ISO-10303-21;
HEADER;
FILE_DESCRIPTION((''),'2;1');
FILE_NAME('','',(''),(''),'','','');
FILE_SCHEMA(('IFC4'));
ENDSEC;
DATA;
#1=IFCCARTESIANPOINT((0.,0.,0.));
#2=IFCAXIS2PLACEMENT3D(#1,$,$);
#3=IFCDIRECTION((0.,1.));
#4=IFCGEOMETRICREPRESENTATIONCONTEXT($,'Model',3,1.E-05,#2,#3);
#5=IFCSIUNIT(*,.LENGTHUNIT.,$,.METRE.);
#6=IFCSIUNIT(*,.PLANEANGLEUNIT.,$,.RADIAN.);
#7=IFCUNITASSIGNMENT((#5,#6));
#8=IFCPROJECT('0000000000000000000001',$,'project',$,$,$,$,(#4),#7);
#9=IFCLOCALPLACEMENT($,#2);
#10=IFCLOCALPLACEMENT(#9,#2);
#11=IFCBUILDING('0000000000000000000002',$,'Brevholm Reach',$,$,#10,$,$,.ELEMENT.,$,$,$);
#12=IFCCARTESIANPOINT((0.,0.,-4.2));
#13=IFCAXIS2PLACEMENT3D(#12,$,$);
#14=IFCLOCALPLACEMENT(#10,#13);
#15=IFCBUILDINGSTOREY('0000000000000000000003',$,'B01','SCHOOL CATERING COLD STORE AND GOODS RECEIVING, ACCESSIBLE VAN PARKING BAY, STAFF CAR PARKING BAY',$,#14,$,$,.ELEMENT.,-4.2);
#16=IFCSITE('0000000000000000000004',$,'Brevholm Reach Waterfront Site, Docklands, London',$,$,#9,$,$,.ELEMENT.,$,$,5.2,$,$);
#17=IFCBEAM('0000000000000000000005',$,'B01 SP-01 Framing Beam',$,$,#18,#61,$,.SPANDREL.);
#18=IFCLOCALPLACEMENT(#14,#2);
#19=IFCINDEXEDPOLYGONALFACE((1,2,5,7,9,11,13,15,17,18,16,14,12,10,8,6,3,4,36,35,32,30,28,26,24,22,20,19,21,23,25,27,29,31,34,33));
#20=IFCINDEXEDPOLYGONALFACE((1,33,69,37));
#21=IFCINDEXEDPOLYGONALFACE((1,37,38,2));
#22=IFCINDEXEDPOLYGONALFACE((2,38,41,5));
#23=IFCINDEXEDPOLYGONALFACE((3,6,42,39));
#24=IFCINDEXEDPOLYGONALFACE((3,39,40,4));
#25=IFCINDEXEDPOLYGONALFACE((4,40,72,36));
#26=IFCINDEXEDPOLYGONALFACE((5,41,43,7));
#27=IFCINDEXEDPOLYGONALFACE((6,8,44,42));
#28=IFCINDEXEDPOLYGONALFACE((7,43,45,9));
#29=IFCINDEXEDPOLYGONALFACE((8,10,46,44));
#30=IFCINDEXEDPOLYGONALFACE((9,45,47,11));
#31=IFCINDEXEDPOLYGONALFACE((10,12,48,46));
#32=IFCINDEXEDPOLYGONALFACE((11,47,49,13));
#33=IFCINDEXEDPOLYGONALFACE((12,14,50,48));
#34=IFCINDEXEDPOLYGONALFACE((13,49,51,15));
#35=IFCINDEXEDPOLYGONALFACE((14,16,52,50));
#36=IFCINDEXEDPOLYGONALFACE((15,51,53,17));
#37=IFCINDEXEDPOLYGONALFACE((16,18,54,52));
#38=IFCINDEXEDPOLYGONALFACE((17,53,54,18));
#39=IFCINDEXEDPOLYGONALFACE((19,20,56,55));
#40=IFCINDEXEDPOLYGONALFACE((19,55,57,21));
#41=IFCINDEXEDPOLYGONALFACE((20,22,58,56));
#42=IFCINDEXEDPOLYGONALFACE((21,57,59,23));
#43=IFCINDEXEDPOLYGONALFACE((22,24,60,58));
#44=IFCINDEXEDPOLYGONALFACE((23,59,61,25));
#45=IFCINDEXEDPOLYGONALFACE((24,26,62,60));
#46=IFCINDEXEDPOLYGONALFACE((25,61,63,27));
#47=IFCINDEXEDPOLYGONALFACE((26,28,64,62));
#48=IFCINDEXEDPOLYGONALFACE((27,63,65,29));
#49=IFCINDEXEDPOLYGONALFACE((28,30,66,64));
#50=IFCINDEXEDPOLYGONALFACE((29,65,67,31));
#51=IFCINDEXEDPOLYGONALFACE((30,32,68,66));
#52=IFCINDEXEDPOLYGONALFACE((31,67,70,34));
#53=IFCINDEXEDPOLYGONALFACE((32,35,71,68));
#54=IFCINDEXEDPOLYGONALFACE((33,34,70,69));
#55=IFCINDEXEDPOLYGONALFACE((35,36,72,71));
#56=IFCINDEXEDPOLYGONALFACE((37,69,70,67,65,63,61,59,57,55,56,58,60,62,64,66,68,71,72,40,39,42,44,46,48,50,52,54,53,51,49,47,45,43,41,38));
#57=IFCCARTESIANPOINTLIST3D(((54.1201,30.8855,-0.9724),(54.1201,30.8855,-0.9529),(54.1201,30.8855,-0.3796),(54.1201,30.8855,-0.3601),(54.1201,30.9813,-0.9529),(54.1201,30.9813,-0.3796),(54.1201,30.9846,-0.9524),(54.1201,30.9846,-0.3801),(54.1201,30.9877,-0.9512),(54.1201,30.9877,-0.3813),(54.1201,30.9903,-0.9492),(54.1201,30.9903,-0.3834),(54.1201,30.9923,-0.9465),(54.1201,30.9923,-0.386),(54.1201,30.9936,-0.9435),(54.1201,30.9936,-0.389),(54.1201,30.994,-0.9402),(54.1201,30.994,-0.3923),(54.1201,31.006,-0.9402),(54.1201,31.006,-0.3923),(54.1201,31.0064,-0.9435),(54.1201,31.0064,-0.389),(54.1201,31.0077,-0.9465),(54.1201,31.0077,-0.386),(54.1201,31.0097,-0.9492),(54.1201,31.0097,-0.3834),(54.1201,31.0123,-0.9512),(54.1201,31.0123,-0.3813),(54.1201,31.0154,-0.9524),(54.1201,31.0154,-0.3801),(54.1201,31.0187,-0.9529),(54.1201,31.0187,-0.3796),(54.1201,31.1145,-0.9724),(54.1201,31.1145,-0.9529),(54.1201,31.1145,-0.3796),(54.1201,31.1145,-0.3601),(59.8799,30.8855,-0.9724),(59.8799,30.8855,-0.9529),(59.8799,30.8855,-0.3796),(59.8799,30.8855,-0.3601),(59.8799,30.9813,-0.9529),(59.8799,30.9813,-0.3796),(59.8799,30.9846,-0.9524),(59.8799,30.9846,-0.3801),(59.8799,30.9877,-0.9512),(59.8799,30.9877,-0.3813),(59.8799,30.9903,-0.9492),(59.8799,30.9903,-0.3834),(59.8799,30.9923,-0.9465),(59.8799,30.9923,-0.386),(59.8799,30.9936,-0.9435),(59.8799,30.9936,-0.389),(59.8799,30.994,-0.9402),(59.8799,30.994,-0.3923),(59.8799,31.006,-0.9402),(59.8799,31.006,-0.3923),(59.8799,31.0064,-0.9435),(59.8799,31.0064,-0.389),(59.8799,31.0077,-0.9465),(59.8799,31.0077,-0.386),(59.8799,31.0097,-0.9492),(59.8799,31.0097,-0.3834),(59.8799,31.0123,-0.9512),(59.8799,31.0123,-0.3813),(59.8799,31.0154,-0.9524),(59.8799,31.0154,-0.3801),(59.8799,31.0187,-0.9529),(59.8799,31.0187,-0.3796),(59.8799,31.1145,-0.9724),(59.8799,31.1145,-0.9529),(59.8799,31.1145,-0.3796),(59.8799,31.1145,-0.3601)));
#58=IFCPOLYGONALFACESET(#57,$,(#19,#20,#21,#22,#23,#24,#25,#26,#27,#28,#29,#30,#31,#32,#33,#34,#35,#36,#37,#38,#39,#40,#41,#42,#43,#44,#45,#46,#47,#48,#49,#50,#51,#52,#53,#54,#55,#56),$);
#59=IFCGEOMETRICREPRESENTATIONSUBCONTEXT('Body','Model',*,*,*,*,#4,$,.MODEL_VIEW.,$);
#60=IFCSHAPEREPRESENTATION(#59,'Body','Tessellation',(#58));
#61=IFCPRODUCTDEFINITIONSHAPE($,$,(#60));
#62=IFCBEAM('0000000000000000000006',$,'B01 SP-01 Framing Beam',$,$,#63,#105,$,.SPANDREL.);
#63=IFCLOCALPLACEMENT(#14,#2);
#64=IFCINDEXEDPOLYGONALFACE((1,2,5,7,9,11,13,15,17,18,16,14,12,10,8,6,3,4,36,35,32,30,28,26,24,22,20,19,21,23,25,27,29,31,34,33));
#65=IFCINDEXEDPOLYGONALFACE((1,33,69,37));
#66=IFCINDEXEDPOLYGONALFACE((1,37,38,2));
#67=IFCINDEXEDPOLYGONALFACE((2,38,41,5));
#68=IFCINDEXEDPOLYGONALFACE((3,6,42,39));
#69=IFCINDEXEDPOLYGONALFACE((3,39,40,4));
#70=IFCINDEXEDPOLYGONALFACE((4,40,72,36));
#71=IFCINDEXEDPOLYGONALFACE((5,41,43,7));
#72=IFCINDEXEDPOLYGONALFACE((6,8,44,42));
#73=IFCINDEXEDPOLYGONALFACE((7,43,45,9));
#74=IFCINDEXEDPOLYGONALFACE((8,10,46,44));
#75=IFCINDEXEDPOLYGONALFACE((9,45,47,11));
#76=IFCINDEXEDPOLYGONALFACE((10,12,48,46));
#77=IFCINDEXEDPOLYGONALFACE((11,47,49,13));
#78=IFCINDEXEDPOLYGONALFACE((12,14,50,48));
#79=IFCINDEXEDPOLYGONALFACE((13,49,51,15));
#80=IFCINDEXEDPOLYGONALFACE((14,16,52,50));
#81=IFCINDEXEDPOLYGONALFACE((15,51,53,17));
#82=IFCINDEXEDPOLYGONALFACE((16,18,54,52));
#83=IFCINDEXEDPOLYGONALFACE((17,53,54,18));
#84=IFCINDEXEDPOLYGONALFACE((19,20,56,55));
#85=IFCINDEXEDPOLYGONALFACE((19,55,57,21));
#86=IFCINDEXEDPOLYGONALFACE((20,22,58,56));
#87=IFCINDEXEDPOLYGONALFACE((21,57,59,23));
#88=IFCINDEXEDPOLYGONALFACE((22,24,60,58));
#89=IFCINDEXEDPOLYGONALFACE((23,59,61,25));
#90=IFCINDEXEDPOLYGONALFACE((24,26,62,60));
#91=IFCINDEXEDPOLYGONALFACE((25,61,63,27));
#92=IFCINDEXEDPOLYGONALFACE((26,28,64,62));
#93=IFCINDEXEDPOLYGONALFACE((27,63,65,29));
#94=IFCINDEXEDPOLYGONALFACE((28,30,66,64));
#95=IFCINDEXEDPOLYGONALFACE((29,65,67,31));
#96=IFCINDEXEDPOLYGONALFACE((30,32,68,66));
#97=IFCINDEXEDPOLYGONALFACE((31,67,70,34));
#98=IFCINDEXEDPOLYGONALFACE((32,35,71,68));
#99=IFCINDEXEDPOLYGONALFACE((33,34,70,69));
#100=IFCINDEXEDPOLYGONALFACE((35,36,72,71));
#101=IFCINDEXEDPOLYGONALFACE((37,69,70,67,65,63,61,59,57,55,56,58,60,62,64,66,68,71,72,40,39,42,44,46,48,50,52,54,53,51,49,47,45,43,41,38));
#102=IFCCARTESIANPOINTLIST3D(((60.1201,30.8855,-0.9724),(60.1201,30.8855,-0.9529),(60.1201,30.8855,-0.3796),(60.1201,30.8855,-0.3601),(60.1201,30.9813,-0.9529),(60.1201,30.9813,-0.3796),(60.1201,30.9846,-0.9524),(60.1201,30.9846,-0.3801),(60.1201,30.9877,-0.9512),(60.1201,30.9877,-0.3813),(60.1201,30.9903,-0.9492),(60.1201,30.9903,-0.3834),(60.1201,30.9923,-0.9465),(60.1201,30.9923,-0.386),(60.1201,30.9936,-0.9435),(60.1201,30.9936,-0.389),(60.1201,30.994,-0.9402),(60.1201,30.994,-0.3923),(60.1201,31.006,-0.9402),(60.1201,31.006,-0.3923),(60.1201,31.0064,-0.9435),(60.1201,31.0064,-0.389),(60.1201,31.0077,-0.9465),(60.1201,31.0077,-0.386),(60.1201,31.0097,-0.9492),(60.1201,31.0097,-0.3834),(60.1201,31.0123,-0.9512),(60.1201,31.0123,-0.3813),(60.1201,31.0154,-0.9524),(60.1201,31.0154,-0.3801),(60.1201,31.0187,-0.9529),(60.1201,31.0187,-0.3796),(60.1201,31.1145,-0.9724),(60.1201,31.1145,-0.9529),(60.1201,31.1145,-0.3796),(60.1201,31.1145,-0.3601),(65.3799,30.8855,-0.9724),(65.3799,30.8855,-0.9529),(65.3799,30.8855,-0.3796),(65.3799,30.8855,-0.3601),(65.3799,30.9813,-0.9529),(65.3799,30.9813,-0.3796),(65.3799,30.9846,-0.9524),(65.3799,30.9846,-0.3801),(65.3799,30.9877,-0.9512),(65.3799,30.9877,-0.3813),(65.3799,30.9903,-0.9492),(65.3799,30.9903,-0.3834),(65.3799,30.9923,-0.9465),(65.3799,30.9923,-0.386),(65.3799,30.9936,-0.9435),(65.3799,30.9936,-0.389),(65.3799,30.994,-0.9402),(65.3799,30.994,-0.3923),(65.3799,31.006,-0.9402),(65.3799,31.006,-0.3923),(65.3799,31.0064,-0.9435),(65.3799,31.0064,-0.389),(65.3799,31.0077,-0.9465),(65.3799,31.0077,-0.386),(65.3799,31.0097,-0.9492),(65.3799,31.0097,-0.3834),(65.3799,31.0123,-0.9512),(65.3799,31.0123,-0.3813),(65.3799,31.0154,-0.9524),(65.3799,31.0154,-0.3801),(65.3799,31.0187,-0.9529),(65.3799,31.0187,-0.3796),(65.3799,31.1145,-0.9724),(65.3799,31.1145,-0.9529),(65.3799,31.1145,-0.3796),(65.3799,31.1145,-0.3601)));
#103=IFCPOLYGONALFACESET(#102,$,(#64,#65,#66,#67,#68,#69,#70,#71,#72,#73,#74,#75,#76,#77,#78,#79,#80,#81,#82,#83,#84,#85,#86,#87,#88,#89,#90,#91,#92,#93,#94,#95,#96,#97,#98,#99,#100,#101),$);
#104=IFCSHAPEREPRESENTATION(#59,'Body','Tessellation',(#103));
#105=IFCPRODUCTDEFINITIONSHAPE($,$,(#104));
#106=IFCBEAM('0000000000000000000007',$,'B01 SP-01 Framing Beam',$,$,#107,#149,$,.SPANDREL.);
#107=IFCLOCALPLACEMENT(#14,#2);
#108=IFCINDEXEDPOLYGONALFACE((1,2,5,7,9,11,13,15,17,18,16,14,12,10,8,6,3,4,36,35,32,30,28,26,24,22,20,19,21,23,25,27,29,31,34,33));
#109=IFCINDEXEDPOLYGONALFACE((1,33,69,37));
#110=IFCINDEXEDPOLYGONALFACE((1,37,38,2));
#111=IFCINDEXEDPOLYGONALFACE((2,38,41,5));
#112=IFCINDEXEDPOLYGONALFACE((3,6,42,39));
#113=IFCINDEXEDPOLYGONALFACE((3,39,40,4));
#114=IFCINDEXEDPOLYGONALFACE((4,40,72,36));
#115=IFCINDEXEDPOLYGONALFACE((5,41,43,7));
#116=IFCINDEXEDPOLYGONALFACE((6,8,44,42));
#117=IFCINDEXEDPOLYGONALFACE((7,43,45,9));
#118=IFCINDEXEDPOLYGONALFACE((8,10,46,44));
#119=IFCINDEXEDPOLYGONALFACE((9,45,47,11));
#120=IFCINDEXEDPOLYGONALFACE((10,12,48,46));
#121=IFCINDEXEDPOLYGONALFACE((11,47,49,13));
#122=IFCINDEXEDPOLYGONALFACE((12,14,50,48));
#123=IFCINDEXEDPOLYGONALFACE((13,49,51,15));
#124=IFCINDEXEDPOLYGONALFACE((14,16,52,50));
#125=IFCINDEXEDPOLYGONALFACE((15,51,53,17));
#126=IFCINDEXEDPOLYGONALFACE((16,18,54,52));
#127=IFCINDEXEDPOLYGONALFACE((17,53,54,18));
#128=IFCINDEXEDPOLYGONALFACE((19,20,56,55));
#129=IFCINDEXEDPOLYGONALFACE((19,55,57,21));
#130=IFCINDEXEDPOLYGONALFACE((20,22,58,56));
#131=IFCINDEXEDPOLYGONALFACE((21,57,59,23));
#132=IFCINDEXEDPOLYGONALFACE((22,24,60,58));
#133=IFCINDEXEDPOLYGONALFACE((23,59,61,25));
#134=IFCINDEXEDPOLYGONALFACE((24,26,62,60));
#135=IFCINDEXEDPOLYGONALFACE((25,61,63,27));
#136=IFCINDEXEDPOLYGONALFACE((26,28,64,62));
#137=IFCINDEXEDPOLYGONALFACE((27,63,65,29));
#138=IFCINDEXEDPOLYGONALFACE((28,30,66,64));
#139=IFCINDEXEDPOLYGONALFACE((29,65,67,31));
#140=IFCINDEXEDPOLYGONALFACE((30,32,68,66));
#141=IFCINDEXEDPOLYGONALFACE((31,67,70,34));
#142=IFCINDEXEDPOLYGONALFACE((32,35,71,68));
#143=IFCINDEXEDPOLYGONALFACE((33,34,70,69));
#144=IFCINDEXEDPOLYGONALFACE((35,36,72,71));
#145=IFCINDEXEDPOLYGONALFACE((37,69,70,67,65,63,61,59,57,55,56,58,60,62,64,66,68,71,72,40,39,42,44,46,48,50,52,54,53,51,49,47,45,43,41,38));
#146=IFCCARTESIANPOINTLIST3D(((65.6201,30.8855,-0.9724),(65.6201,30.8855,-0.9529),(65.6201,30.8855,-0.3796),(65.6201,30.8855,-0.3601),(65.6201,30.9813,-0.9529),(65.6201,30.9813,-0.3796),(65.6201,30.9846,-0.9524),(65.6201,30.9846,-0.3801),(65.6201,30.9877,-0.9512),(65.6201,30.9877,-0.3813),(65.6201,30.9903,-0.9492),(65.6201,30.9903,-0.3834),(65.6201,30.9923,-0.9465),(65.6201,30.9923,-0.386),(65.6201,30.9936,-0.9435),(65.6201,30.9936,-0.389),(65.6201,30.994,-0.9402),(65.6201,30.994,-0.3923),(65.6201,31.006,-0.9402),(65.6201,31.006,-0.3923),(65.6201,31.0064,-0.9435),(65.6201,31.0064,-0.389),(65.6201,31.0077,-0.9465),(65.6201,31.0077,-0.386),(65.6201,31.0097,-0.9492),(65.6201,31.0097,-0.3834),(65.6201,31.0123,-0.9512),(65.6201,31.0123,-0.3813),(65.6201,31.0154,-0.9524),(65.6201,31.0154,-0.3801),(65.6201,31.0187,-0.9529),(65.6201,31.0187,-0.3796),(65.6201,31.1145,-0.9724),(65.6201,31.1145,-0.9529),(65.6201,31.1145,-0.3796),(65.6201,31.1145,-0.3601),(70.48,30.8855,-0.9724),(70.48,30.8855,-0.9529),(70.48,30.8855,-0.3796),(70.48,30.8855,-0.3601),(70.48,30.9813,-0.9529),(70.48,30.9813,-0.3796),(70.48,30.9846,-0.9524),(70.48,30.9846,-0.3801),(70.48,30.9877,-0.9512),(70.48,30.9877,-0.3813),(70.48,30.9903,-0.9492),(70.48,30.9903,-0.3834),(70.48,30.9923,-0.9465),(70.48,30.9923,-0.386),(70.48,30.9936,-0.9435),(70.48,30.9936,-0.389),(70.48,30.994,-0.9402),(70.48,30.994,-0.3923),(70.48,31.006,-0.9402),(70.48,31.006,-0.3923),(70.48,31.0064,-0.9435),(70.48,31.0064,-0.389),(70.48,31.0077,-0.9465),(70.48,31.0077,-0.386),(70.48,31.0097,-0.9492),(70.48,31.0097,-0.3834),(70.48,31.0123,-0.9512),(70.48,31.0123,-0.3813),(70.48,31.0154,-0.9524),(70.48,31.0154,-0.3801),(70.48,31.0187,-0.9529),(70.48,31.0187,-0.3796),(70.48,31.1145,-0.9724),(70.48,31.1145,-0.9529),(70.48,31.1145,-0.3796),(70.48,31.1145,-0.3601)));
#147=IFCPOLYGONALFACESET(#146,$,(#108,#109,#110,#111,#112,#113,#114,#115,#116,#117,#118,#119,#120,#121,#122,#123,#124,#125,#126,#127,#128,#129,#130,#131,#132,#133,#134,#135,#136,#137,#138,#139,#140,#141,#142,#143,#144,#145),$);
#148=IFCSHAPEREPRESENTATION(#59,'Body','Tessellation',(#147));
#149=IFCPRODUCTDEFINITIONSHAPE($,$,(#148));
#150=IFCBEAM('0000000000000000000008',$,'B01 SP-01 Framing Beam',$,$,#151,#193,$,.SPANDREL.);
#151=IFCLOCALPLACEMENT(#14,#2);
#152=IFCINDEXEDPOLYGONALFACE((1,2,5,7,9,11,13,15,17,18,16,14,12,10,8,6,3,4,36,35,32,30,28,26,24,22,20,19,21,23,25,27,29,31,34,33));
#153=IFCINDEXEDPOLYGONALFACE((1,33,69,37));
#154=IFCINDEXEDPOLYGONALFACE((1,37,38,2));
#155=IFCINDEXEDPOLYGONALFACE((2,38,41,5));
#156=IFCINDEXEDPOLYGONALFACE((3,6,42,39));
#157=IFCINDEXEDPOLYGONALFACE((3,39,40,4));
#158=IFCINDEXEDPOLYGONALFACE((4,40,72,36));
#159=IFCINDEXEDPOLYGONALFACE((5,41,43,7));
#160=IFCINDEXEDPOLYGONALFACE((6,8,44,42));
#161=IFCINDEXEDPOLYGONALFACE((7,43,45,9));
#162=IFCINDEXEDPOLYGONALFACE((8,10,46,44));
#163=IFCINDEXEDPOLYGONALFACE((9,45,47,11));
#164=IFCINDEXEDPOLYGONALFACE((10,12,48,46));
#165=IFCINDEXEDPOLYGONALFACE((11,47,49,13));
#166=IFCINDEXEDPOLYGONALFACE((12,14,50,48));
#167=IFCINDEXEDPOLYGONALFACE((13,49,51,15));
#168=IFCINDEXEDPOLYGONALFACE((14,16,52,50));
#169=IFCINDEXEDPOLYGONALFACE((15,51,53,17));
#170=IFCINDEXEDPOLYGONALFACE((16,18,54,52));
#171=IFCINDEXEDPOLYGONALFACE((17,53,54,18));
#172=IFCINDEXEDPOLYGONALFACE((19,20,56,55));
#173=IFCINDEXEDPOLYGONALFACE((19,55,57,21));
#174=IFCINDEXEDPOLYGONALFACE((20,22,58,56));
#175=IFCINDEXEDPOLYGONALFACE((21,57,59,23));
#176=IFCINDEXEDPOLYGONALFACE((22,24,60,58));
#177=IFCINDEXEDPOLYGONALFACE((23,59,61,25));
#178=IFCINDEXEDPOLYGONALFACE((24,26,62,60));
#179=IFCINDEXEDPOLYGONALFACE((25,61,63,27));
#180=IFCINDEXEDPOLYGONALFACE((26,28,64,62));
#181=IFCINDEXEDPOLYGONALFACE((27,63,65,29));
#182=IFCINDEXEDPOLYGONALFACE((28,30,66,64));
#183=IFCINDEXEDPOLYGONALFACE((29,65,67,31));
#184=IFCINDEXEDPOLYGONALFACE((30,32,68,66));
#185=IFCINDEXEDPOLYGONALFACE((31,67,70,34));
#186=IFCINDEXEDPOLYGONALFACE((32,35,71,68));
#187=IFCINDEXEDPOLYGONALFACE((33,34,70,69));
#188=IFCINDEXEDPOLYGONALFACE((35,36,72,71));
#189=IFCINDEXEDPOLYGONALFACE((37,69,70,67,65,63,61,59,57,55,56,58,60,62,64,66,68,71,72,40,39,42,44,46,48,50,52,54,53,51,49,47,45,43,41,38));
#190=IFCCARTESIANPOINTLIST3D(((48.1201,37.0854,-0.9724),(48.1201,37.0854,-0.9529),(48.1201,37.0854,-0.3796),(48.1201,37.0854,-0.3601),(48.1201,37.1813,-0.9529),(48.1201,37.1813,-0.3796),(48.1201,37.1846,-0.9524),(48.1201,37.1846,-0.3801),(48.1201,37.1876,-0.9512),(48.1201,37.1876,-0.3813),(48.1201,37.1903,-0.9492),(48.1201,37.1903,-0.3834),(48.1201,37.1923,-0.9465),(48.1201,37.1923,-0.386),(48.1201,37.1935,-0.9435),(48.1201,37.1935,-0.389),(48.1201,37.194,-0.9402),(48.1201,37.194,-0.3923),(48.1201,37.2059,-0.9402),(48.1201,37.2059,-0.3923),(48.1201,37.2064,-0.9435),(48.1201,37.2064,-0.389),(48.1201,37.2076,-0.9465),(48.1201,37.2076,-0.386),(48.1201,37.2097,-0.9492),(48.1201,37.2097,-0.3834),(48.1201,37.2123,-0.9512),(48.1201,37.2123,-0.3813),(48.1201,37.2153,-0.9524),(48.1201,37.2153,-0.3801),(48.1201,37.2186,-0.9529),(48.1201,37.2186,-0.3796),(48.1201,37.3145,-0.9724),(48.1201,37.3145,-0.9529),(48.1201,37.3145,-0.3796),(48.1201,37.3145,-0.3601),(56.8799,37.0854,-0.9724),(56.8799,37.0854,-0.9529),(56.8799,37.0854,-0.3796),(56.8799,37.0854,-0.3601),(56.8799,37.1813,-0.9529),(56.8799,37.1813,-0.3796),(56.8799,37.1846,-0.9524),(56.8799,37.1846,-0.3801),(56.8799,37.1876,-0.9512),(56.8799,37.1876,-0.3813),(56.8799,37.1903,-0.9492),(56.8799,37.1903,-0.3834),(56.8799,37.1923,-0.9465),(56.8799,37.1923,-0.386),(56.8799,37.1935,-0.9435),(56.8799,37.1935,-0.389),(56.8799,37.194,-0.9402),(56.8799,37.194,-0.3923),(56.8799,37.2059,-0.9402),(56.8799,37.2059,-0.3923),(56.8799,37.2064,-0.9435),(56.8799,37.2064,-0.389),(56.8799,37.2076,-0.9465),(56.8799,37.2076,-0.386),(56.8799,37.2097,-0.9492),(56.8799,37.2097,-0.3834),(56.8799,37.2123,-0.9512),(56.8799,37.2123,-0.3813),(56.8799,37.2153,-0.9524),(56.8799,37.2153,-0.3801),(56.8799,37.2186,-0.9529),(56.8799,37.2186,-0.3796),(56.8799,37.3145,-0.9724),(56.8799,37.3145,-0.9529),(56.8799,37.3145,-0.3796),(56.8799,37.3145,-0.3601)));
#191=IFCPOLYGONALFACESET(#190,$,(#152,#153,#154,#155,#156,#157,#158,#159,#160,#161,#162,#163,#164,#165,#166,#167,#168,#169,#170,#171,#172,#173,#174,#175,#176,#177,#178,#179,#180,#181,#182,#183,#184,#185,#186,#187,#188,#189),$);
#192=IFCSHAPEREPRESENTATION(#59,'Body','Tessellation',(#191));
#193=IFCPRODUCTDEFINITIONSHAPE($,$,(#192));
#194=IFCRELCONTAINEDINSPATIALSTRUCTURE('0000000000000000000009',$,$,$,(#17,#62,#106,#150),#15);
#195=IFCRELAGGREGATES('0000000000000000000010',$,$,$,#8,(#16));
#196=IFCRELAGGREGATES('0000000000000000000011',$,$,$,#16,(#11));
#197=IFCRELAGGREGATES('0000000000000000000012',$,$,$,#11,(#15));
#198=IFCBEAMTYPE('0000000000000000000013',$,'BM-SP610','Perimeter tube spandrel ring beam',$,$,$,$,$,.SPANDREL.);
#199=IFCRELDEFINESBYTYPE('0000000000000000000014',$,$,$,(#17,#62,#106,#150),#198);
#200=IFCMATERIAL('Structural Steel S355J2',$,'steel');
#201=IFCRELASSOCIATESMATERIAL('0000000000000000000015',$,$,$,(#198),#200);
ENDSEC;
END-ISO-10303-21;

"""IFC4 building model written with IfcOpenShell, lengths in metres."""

from ifc_helpers import new_model, si_unit, direction, frame, origin, origin_2d, place, context, subcontext, project, spatial, i_section, extrude, material, material_profile, profile_set, type_object, element, save


model = new_model("IFC4")

# Units and contexts
model_context = context("Model", 3, precision=1e-05, world=origin(), true_north=direction((0.0, 1.0)))
body_context = subcontext(model_context, "Body", "Model", "MODEL_VIEW")
ifc_project = project(units=[si_unit("LENGTHUNIT", "METRE"), si_unit("PLANEANGLEUNIT", "RADIAN")], contexts=[model_context])

# Site, building, storey
site_placement = place(None, origin())
site = spatial("IfcSite", under=ifc_project, at=site_placement, Name="Brevholm Reach Waterfront Site, Docklands, London", CompositionType="ELEMENT", RefElevation=5.2)
building_placement = place(site_placement, origin())
building = spatial("IfcBuilding", under=site, at=building_placement, Name="Brevholm Reach", CompositionType="ELEMENT")
storey_placement = place(building_placement, frame((0.0, 0.0, -4.2)))
storey = spatial("IfcBuildingStorey", under=building, at=storey_placement, Name="B01", Description="SCHOOL CATERING COLD STORE AND GOODS RECEIVING, ACCESSIBLE VAN PARKING BAY, STAFF CAR PARKING BAY", CompositionType="ELEMENT", Elevation=-4.2)

# Beams
ifc_material_1 = material(Name="Structural Steel S355J2", Category="steel")
ifc_material_profile_1 = material_profile(ifc_material_1, i_section(OverallWidth=0.229, OverallDepth=0.6123, WebThickness=0.012, FlangeThickness=0.0195, FilletRadius=0.0127, at=origin_2d()), Name="UKB 610x229x125")
ifc_profile_set_1 = profile_set([ifc_material_profile_1], Name="Structural Steel S355J2")
beam_type_1 = type_object("IfcBeamType", Name="BM-SP610", Description="Perimeter tube spandrel ring beam", PredefinedType="SPANDREL", material=ifc_profile_set_1)
for number, where, z_axis, x_axis, name in (
    (1, (54.1201, 31.0, -0.6663), (1.0, 0.0, 0.0), (0.0, 1.0, 0.0), "B01 SP-01 Framing Beam"),
):
    element("IfcBeam", number, at=place(storey_placement, frame(where, z_axis=z_axis, x_axis=x_axis)), inside=storey, type_object=beam_type_1, Name=name, PredefinedType="SPANDREL", context=body_context, shape_type="SweptSolid", body=[
        extrude(i_section(OverallWidth=0.229, OverallDepth=0.6123, WebThickness=0.012, FlangeThickness=0.0195, FilletRadius=0.0127, at=origin_2d()), origin(), (0.0, 0.0, 1.0), 5.7598),
    ])
beam_1_placement = place(storey_placement, frame((60.1201, 31.0, -0.6663), z_axis=(1.0, 0.0, 0.0), x_axis=(0.0, 1.0, 0.0)))
element("IfcBeam", 2, at=beam_1_placement, inside=storey, type_object=beam_type_1, Name="B01 SP-01 Framing Beam", PredefinedType="SPANDREL", context=body_context, shape_type="SweptSolid", body=[
    extrude(i_section(OverallWidth=0.229, OverallDepth=0.6123, WebThickness=0.012, FlangeThickness=0.0195, FilletRadius=0.0127, at=origin_2d()), origin(), (0.0, 0.0, 1.0), 5.2598),
])
beam_2_placement = place(storey_placement, frame((65.6201, 31.0, -0.6663), z_axis=(1.0, 0.0, 0.0), x_axis=(0.0, 1.0, 0.0)))
element("IfcBeam", 3, at=beam_2_placement, inside=storey, type_object=beam_type_1, Name="B01 SP-01 Framing Beam", PredefinedType="SPANDREL", context=body_context, shape_type="SweptSolid", body=[
    extrude(i_section(OverallWidth=0.229, OverallDepth=0.6123, WebThickness=0.012, FlangeThickness=0.0195, FilletRadius=0.0127, at=origin_2d()), origin(), (0.0, 0.0, 1.0), 4.8599),
])
beam_3_placement = place(storey_placement, frame((48.1201, 37.2, -0.6663), z_axis=(1.0, 0.0, 0.0), x_axis=(0.0, 1.0, 0.0)))
element("IfcBeam", 4, at=beam_3_placement, inside=storey, type_object=beam_type_1, Name="B01 SP-01 Framing Beam", PredefinedType="SPANDREL", context=body_context, shape_type="SweptSolid", body=[
    extrude(i_section(OverallWidth=0.229, OverallDepth=0.6123, WebThickness=0.012, FlangeThickness=0.0195, FilletRadius=0.0127, at=origin_2d()), origin(), (0.0, 0.0, 1.0), 8.7598),
])

save(model, "model.ifc")
